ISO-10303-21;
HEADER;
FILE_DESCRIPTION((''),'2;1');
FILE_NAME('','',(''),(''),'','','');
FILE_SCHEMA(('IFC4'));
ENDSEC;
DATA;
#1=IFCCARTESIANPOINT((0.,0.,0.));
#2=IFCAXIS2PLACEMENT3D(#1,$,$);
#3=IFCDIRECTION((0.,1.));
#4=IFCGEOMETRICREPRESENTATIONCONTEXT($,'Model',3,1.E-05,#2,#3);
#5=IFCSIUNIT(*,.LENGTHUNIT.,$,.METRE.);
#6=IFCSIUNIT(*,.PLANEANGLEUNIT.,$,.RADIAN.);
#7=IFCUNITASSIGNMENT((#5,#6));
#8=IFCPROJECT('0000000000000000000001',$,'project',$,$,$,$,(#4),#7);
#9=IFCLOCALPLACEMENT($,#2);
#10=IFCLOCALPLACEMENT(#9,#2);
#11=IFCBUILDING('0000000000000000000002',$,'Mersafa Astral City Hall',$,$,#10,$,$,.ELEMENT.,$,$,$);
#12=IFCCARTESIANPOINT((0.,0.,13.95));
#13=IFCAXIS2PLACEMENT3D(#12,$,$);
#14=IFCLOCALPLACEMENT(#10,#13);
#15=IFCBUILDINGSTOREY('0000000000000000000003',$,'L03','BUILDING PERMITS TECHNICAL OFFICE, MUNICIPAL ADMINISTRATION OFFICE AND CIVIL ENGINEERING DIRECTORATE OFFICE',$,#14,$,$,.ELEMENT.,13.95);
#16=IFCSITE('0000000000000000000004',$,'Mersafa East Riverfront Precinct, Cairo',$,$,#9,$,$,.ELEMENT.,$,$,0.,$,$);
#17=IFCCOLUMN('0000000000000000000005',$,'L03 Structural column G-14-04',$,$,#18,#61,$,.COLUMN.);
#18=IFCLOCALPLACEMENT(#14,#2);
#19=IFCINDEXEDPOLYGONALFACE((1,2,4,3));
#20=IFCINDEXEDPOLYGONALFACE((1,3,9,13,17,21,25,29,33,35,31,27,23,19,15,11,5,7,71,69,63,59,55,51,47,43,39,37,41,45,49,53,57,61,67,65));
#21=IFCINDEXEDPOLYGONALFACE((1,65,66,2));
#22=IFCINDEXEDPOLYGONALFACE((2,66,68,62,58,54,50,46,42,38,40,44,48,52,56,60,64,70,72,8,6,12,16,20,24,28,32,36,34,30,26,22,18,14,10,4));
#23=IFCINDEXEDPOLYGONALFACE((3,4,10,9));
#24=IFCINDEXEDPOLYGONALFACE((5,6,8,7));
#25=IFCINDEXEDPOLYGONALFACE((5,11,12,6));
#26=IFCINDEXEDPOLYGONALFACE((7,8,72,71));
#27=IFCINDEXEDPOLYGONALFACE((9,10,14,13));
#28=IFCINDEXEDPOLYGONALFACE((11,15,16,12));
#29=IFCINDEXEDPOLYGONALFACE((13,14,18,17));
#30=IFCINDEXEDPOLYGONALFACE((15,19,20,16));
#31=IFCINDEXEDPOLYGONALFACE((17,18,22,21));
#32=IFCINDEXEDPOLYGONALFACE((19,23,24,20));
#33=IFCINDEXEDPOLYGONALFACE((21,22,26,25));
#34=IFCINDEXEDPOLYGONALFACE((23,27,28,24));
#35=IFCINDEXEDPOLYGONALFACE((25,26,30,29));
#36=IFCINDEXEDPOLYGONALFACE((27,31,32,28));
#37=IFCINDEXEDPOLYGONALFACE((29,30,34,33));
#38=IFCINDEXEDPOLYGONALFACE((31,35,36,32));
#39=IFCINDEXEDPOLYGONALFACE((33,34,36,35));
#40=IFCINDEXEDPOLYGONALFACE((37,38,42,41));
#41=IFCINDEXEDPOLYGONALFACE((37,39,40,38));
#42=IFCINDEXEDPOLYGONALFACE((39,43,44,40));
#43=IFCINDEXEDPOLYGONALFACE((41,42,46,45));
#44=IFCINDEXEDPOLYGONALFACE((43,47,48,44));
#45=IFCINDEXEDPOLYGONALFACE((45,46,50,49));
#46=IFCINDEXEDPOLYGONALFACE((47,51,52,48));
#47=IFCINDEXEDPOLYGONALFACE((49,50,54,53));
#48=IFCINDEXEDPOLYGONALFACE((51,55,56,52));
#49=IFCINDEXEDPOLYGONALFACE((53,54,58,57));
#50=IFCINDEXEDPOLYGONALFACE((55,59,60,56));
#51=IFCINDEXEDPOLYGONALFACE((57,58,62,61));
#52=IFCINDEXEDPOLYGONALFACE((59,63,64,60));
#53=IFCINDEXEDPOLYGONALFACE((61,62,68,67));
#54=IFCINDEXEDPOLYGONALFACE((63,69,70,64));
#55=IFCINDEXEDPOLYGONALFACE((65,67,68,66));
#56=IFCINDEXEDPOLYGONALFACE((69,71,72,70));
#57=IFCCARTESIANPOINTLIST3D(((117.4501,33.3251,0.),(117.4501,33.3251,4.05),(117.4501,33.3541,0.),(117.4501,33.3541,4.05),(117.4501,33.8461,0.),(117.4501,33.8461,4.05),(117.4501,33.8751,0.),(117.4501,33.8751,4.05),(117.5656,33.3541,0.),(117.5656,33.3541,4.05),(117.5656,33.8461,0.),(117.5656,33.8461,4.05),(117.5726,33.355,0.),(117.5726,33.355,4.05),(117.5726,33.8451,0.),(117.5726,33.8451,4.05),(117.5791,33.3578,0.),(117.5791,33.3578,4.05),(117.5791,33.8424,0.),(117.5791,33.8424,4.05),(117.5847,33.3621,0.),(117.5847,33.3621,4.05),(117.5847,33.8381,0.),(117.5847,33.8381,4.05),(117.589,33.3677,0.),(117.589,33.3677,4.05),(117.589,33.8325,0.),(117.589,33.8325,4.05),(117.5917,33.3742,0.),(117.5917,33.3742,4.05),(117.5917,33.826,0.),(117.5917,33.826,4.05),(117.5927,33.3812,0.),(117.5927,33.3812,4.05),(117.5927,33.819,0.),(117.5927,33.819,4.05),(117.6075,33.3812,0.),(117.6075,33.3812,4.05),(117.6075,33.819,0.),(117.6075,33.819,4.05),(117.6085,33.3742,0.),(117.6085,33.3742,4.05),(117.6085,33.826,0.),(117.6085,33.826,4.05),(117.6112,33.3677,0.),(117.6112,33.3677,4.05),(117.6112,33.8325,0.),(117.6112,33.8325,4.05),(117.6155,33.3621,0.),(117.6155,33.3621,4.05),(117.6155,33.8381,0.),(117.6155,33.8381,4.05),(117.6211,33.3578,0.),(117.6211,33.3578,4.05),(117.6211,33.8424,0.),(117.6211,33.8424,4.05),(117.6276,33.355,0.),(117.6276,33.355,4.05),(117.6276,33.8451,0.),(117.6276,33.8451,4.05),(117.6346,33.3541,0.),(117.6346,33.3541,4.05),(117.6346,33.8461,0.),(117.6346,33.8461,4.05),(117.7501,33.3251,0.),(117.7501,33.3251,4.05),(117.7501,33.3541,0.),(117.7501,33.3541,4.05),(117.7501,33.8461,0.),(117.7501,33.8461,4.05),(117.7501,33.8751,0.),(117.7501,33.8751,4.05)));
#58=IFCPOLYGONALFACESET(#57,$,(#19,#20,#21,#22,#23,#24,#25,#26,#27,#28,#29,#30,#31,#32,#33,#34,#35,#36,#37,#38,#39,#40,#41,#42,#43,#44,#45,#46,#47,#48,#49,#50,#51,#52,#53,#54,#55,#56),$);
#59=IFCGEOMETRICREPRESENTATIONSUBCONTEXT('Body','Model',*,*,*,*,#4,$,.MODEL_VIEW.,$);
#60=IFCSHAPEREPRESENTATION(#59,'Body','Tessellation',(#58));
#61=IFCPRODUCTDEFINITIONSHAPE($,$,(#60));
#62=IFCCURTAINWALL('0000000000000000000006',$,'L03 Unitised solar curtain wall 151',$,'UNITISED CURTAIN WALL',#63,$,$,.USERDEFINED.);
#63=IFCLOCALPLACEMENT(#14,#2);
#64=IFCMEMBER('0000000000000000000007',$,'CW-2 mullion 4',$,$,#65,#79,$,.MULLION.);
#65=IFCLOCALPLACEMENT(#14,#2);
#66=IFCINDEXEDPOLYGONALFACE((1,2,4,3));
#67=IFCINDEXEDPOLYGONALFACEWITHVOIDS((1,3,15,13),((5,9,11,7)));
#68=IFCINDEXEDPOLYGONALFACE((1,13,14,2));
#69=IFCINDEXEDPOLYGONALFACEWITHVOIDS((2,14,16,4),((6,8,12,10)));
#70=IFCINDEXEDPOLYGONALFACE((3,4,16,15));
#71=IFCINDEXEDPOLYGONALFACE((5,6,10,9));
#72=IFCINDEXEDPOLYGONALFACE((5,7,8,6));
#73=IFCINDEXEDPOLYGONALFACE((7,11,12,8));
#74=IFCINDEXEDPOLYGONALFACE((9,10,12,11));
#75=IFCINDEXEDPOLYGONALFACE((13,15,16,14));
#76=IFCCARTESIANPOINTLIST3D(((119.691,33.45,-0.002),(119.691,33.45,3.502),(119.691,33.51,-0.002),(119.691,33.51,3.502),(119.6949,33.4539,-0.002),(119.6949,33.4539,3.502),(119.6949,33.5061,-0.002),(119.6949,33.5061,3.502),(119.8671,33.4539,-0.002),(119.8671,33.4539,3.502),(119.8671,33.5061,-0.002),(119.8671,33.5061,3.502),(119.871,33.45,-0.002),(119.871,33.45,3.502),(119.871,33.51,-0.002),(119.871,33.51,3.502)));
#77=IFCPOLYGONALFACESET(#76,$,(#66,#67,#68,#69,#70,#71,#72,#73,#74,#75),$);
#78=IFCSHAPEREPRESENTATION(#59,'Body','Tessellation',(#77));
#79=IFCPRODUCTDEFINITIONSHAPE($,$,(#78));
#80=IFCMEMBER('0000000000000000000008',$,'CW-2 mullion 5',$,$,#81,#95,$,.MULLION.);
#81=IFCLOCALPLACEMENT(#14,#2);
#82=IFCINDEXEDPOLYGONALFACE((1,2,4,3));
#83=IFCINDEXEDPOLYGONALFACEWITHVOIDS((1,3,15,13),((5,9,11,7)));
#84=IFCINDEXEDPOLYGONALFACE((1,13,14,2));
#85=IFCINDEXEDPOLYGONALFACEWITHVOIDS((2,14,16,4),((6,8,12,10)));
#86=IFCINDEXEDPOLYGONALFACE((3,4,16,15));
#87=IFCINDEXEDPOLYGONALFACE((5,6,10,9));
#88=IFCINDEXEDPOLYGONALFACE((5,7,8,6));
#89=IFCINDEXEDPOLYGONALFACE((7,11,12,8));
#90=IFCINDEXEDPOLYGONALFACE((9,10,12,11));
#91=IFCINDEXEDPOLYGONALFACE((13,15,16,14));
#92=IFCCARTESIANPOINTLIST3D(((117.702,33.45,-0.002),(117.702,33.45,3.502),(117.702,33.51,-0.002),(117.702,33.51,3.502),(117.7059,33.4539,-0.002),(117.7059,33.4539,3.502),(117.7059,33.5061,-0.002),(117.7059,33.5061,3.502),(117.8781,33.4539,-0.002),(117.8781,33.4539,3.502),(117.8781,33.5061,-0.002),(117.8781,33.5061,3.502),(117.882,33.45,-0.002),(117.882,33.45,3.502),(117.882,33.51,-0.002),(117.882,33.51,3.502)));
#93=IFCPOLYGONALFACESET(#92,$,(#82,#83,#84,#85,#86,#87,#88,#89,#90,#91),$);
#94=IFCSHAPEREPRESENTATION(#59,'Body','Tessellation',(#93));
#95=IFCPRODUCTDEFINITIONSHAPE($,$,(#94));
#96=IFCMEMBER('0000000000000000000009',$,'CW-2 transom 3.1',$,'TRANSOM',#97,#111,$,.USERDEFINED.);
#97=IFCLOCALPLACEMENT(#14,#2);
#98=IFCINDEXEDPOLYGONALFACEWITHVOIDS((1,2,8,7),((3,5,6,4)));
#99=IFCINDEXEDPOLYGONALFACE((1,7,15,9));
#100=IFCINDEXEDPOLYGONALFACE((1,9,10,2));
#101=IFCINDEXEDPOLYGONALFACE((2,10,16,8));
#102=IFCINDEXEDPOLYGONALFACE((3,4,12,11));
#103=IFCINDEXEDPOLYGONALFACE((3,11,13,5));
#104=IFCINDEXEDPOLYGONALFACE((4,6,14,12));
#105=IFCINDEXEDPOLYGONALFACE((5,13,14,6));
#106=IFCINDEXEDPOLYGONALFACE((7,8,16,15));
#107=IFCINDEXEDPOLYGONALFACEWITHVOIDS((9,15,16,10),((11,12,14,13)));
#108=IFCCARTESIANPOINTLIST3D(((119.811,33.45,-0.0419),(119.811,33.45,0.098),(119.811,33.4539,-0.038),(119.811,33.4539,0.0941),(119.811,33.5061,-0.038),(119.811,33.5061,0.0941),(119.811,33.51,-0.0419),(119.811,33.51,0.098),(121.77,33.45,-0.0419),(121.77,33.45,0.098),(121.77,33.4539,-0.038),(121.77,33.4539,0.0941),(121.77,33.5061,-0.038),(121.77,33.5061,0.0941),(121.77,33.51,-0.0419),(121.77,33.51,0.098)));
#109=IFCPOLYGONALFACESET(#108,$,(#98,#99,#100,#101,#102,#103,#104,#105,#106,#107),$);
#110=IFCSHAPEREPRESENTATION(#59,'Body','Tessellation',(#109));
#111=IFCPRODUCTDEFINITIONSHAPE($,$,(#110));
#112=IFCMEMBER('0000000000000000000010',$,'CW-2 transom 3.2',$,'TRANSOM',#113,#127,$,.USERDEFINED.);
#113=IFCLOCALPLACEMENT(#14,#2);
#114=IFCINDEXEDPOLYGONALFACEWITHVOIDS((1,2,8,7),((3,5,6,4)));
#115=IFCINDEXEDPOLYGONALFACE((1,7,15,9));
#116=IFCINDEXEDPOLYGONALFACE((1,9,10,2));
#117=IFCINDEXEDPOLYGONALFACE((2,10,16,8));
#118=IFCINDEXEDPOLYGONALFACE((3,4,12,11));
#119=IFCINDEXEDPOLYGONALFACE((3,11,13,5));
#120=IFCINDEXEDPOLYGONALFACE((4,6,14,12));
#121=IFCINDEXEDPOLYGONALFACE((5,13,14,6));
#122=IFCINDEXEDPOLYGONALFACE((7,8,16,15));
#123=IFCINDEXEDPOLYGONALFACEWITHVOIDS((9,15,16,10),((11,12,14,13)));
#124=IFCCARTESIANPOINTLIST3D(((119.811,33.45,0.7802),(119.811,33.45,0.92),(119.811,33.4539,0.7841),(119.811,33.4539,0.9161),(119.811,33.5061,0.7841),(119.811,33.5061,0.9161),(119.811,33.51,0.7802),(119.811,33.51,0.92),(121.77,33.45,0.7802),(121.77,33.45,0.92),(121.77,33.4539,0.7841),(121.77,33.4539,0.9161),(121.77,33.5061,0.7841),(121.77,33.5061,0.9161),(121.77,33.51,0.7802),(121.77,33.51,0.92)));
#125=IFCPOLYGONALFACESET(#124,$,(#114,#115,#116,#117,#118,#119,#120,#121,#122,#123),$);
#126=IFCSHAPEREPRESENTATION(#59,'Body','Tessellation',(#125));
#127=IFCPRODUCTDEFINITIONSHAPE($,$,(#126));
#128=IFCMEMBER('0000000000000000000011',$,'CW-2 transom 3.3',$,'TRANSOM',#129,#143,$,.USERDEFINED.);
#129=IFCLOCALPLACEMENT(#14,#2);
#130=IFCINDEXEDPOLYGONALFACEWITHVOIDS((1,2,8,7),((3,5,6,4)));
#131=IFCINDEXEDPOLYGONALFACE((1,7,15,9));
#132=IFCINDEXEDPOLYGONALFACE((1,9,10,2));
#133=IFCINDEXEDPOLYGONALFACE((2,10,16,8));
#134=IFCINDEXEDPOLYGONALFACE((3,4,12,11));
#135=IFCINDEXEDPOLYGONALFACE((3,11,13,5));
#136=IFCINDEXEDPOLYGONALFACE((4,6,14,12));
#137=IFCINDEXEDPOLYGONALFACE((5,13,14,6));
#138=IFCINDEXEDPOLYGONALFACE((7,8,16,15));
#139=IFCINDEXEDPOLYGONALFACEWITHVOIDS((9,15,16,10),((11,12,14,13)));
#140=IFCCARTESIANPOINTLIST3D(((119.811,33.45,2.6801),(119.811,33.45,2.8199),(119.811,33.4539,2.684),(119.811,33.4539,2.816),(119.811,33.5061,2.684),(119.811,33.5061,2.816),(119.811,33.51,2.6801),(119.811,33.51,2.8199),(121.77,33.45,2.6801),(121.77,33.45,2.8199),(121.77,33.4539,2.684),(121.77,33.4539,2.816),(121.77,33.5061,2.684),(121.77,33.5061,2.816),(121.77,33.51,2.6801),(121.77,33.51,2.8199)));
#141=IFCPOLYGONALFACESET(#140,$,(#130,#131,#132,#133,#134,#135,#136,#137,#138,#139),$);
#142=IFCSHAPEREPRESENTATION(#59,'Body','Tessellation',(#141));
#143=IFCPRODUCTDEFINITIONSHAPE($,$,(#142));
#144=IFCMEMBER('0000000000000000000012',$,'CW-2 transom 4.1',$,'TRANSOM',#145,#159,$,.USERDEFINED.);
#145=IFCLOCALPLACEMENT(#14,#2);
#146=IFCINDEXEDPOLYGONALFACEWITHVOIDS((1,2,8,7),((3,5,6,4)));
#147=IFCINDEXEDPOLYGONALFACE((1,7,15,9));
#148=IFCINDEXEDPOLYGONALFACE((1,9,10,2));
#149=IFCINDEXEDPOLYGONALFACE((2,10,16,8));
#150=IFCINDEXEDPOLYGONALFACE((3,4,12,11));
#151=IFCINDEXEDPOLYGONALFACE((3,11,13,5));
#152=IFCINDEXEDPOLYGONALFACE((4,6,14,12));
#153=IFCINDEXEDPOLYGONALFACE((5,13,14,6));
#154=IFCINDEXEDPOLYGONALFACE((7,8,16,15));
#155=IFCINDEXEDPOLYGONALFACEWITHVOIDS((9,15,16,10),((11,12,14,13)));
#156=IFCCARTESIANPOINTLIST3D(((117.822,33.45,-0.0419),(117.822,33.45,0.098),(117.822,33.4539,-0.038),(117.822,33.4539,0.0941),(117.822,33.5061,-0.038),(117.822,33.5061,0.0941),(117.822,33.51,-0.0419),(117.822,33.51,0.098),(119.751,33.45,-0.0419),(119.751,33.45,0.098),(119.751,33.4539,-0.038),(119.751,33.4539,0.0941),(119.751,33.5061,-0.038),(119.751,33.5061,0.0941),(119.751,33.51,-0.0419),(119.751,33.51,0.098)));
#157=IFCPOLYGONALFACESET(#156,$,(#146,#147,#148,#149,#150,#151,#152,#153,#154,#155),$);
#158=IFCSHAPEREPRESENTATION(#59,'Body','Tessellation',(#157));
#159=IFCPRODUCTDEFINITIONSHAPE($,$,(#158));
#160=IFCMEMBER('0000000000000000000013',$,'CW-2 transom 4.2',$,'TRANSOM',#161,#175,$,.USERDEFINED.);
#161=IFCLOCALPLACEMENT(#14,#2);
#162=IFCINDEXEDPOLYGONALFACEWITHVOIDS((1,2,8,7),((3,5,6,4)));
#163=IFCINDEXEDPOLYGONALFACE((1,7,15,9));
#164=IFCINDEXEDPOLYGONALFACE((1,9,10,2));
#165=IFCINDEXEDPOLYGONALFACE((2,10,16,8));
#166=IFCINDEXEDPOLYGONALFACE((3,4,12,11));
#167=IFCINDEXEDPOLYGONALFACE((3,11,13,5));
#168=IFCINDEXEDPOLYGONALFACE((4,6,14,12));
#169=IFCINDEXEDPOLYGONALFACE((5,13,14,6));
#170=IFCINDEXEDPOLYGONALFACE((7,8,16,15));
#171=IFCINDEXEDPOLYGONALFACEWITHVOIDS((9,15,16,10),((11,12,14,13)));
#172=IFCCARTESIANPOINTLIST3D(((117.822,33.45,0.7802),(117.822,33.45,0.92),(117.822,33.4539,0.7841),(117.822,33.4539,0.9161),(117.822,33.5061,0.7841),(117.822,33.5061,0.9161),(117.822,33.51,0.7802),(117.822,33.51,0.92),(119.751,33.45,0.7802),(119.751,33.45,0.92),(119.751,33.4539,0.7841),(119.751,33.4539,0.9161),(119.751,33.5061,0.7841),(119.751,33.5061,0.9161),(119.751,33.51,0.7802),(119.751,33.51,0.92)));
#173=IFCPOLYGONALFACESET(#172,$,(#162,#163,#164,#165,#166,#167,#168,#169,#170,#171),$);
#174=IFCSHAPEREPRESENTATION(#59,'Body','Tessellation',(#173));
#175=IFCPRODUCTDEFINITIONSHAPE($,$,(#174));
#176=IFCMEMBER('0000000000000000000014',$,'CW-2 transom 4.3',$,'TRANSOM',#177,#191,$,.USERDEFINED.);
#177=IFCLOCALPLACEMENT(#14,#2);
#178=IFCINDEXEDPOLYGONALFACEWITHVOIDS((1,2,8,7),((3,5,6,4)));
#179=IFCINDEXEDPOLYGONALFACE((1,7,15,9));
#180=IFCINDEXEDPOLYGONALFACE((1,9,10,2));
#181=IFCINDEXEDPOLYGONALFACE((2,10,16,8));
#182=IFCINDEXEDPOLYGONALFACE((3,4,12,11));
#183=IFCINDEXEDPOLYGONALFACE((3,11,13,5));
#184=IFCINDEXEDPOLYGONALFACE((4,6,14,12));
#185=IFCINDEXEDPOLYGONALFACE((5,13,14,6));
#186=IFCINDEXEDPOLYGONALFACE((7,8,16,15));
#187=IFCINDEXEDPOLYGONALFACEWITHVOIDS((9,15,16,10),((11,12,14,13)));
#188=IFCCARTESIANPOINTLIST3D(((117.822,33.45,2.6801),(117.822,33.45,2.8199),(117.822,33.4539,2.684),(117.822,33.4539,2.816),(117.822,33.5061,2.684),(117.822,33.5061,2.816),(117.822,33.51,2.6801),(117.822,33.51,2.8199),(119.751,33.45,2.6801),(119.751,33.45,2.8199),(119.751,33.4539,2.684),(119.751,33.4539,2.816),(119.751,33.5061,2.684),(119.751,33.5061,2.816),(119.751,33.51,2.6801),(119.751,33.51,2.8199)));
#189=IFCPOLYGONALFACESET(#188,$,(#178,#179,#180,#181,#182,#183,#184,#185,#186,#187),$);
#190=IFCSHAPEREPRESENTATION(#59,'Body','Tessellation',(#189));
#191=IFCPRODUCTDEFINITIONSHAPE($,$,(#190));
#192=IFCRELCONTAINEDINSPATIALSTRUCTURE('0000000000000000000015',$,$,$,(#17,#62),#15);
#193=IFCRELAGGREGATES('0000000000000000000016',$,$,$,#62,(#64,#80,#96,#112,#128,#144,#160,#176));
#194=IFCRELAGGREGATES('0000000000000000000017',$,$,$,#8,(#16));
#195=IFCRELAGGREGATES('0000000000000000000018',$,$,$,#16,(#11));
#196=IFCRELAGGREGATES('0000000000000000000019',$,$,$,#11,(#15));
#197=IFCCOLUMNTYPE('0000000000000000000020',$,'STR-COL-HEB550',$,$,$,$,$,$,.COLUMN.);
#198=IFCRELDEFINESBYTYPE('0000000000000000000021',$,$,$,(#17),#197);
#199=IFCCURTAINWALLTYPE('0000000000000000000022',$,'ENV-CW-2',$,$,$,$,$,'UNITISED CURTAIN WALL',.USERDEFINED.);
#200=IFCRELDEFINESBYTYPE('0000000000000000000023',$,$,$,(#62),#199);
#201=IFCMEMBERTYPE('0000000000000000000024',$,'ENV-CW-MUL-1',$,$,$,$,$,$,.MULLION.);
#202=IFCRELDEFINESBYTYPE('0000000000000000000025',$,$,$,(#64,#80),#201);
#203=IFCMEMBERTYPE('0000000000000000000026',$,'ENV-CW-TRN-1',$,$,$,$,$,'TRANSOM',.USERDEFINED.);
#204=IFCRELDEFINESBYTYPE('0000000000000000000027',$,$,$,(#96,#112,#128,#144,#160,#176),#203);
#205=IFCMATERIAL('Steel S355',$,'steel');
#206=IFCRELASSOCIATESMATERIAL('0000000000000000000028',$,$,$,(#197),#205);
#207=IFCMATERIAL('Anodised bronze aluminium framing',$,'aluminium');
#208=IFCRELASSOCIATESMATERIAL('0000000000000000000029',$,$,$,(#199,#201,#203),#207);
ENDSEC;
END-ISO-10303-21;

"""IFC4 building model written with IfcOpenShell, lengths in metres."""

from ifc_helpers import new_model, si_unit, direction, frame, origin, origin_2d, place, context, subcontext, project, spatial, hollow_rectangle, i_section, extrude, material, material_profile, profile_set, type_object, element, aggregate, save


model = new_model("IFC4")

# Units and contexts
model_context = context("Model", 3, precision=1e-05, world=origin(), true_north=direction((0.0, 1.0)))
body_context = subcontext(model_context, "Body", "Model", "MODEL_VIEW")
ifc_project = project(units=[si_unit("LENGTHUNIT", "METRE"), si_unit("PLANEANGLEUNIT", "RADIAN")], contexts=[model_context])

# Site, building, storey
site_placement = place(None, origin())
site = spatial("IfcSite", under=ifc_project, at=site_placement, Name="Mersafa East Riverfront Precinct, Cairo", CompositionType="ELEMENT", RefElevation=0.0)
building_placement = place(site_placement, origin())
building = spatial("IfcBuilding", under=site, at=building_placement, Name="Mersafa Astral City Hall", CompositionType="ELEMENT")
storey_placement = place(building_placement, frame((0.0, 0.0, 13.95)))
storey = spatial("IfcBuildingStorey", under=building, at=storey_placement, Name="L03", Description="BUILDING PERMITS TECHNICAL OFFICE, MUNICIPAL ADMINISTRATION OFFICE AND CIVIL ENGINEERING DIRECTORATE OFFICE", CompositionType="ELEMENT", Elevation=13.95)

# Column
ifc_material_1 = material(Name="Steel S355", Category="steel")
ifc_material_profile_1 = material_profile(ifc_material_1, i_section(OverallWidth=0.3, OverallDepth=0.55, WebThickness=0.0149, FlangeThickness=0.0291, FilletRadius=0.0271, at=origin_2d()), Name="HEB 550")
ifc_profile_set_1 = profile_set([ifc_material_profile_1], Name="Steel S355")
column_type = type_object("IfcColumnType", Name="STR-COL-HEB550", PredefinedType="COLUMN", material=ifc_profile_set_1)
column_placement = place(storey_placement, frame((117.6001, 33.6001, 0.0), z_axis=(0.0, 0.0, 1.0), x_axis=(1.0, 0.0, 0.0)))
element("IfcColumn", 1, at=column_placement, inside=storey, type_object=column_type, Name="L03 Structural column G-14-04", PredefinedType="COLUMN", context=body_context, shape_type="SweptSolid", body=[
    extrude(i_section(OverallWidth=0.3, OverallDepth=0.55, WebThickness=0.0149, FlangeThickness=0.0291, FilletRadius=0.0271, at=origin_2d()), origin(), (0.0, 0.0, 1.0), 4.05),
])

# Curtain wall, members
ifc_material_2 = material(Name="Anodised bronze aluminium framing", Category="aluminium")
curtain_wall_type = type_object("IfcCurtainWallType", Name="ENV-CW-2", ElementType="UNITISED CURTAIN WALL", PredefinedType="USERDEFINED", material=ifc_material_2)
curtain_wall_placement = place(storey_placement, origin())
curtain_wall = element("IfcCurtainWall", 2, at=curtain_wall_placement, inside=storey, type_object=curtain_wall_type, Name="L03 Unitised solar curtain wall 151", ObjectType="UNITISED CURTAIN WALL", PredefinedType="USERDEFINED")
ifc_material_profile_2 = material_profile(ifc_material_2, hollow_rectangle(XDim=0.0601, YDim=0.1799, WallThickness=0.0039, at=origin_2d()), Name="RHS 60x180x4")
ifc_profile_set_2 = profile_set([ifc_material_profile_2], Name="Anodised bronze aluminium framing")
member_type_1 = type_object("IfcMemberType", Name="ENV-CW-MUL-1", PredefinedType="MULLION", material=ifc_profile_set_2)
member_1_placement = place(storey_placement, frame((119.781, 33.48, -0.002), z_axis=(0.0, 0.0, 1.0), x_axis=(0.0, -1.0, 0.0)))
member_1 = element("IfcMember", 3, at=member_1_placement, type_object=member_type_1, Name="CW-2 mullion 4", PredefinedType="MULLION", context=body_context, shape_type="SweptSolid", body=[
    extrude(hollow_rectangle(XDim=0.0601, YDim=0.1799, WallThickness=0.0039, at=origin_2d()), origin(), (0.0, 0.0, 1.0), 3.5039),
])
member_2_placement = place(storey_placement, frame((117.792, 33.48, -0.002), z_axis=(0.0, 0.0, 1.0), x_axis=(0.0, -1.0, 0.0)))
member_2 = element("IfcMember", 4, at=member_2_placement, type_object=member_type_1, Name="CW-2 mullion 5", PredefinedType="MULLION", context=body_context, shape_type="SweptSolid", body=[
    extrude(hollow_rectangle(XDim=0.0601, YDim=0.1799, WallThickness=0.0039, at=origin_2d()), origin(), (0.0, 0.0, 1.0), 3.5039),
])
ifc_material_profile_3 = material_profile(ifc_material_2, hollow_rectangle(XDim=0.0601, YDim=0.1399, WallThickness=0.0039, at=origin_2d()), Name="RHS 60x140x4")
ifc_profile_set_3 = profile_set([ifc_material_profile_3], Name="Anodised bronze aluminium framing")
member_type_2 = type_object("IfcMemberType", Name="ENV-CW-TRN-1", ElementType="TRANSOM", PredefinedType="USERDEFINED", material=ifc_profile_set_3)
member_3_placement = place(storey_placement, frame((121.77, 33.48, 0.0281), z_axis=(-1.0, 0.0, 0.0), x_axis=(0.0, -1.0, 0.0)))
member_3 = element("IfcMember", 5, at=member_3_placement, type_object=member_type_2, Name="CW-2 transom 3.1", ObjectType="TRANSOM", PredefinedType="USERDEFINED", context=body_context, shape_type="SweptSolid", body=[
    extrude(hollow_rectangle(XDim=0.0601, YDim=0.1399, WallThickness=0.0039, at=origin_2d()), origin(), (0.0, 0.0, 1.0), 1.959),
])
member_4_placement = place(storey_placement, frame((121.77, 33.48, 0.8501), z_axis=(-1.0, 0.0, 0.0), x_axis=(0.0, -1.0, 0.0)))
member_4 = element("IfcMember", 6, at=member_4_placement, type_object=member_type_2, Name="CW-2 transom 3.2", ObjectType="TRANSOM", PredefinedType="USERDEFINED", context=body_context, shape_type="SweptSolid", body=[
    extrude(hollow_rectangle(XDim=0.0601, YDim=0.1399, WallThickness=0.0039, at=origin_2d()), origin(), (0.0, 0.0, 1.0), 1.959),
])
member_5_placement = place(storey_placement, frame((121.77, 33.48, 2.75), z_axis=(-1.0, 0.0, 0.0), x_axis=(0.0, -1.0, 0.0)))
member_5 = element("IfcMember", 7, at=member_5_placement, type_object=member_type_2, Name="CW-2 transom 3.3", ObjectType="TRANSOM", PredefinedType="USERDEFINED", context=body_context, shape_type="SweptSolid", body=[
    extrude(hollow_rectangle(XDim=0.0601, YDim=0.1399, WallThickness=0.0039, at=origin_2d()), origin(), (0.0, 0.0, 1.0), 1.959),
])
member_6_placement = place(storey_placement, frame((119.751, 33.48, 0.0281), z_axis=(-1.0, 0.0, 0.0), x_axis=(0.0, -1.0, 0.0)))
member_6 = element("IfcMember", 8, at=member_6_placement, type_object=member_type_2, Name="CW-2 transom 4.1", ObjectType="TRANSOM", PredefinedType="USERDEFINED", context=body_context, shape_type="SweptSolid", body=[
    extrude(hollow_rectangle(XDim=0.0601, YDim=0.1399, WallThickness=0.0039, at=origin_2d()), origin(), (0.0, 0.0, 1.0), 1.929),
])
member_7_placement = place(storey_placement, frame((119.751, 33.48, 0.8501), z_axis=(-1.0, 0.0, 0.0), x_axis=(0.0, -1.0, 0.0)))
member_7 = element("IfcMember", 9, at=member_7_placement, type_object=member_type_2, Name="CW-2 transom 4.2", ObjectType="TRANSOM", PredefinedType="USERDEFINED", context=body_context, shape_type="SweptSolid", body=[
    extrude(hollow_rectangle(XDim=0.0601, YDim=0.1399, WallThickness=0.0039, at=origin_2d()), origin(), (0.0, 0.0, 1.0), 1.929),
])
member_8_placement = place(storey_placement, frame((119.751, 33.48, 2.75), z_axis=(-1.0, 0.0, 0.0), x_axis=(0.0, -1.0, 0.0)))
member_8 = element("IfcMember", 10, at=member_8_placement, type_object=member_type_2, Name="CW-2 transom 4.3", ObjectType="TRANSOM", PredefinedType="USERDEFINED", context=body_context, shape_type="SweptSolid", body=[
    extrude(hollow_rectangle(XDim=0.0601, YDim=0.1399, WallThickness=0.0039, at=origin_2d()), origin(), (0.0, 0.0, 1.0), 1.929),
])

aggregate(curtain_wall, [member_1, member_2, member_3, member_4, member_5, member_6, member_7, member_8])

save(model, "model.ifc")
